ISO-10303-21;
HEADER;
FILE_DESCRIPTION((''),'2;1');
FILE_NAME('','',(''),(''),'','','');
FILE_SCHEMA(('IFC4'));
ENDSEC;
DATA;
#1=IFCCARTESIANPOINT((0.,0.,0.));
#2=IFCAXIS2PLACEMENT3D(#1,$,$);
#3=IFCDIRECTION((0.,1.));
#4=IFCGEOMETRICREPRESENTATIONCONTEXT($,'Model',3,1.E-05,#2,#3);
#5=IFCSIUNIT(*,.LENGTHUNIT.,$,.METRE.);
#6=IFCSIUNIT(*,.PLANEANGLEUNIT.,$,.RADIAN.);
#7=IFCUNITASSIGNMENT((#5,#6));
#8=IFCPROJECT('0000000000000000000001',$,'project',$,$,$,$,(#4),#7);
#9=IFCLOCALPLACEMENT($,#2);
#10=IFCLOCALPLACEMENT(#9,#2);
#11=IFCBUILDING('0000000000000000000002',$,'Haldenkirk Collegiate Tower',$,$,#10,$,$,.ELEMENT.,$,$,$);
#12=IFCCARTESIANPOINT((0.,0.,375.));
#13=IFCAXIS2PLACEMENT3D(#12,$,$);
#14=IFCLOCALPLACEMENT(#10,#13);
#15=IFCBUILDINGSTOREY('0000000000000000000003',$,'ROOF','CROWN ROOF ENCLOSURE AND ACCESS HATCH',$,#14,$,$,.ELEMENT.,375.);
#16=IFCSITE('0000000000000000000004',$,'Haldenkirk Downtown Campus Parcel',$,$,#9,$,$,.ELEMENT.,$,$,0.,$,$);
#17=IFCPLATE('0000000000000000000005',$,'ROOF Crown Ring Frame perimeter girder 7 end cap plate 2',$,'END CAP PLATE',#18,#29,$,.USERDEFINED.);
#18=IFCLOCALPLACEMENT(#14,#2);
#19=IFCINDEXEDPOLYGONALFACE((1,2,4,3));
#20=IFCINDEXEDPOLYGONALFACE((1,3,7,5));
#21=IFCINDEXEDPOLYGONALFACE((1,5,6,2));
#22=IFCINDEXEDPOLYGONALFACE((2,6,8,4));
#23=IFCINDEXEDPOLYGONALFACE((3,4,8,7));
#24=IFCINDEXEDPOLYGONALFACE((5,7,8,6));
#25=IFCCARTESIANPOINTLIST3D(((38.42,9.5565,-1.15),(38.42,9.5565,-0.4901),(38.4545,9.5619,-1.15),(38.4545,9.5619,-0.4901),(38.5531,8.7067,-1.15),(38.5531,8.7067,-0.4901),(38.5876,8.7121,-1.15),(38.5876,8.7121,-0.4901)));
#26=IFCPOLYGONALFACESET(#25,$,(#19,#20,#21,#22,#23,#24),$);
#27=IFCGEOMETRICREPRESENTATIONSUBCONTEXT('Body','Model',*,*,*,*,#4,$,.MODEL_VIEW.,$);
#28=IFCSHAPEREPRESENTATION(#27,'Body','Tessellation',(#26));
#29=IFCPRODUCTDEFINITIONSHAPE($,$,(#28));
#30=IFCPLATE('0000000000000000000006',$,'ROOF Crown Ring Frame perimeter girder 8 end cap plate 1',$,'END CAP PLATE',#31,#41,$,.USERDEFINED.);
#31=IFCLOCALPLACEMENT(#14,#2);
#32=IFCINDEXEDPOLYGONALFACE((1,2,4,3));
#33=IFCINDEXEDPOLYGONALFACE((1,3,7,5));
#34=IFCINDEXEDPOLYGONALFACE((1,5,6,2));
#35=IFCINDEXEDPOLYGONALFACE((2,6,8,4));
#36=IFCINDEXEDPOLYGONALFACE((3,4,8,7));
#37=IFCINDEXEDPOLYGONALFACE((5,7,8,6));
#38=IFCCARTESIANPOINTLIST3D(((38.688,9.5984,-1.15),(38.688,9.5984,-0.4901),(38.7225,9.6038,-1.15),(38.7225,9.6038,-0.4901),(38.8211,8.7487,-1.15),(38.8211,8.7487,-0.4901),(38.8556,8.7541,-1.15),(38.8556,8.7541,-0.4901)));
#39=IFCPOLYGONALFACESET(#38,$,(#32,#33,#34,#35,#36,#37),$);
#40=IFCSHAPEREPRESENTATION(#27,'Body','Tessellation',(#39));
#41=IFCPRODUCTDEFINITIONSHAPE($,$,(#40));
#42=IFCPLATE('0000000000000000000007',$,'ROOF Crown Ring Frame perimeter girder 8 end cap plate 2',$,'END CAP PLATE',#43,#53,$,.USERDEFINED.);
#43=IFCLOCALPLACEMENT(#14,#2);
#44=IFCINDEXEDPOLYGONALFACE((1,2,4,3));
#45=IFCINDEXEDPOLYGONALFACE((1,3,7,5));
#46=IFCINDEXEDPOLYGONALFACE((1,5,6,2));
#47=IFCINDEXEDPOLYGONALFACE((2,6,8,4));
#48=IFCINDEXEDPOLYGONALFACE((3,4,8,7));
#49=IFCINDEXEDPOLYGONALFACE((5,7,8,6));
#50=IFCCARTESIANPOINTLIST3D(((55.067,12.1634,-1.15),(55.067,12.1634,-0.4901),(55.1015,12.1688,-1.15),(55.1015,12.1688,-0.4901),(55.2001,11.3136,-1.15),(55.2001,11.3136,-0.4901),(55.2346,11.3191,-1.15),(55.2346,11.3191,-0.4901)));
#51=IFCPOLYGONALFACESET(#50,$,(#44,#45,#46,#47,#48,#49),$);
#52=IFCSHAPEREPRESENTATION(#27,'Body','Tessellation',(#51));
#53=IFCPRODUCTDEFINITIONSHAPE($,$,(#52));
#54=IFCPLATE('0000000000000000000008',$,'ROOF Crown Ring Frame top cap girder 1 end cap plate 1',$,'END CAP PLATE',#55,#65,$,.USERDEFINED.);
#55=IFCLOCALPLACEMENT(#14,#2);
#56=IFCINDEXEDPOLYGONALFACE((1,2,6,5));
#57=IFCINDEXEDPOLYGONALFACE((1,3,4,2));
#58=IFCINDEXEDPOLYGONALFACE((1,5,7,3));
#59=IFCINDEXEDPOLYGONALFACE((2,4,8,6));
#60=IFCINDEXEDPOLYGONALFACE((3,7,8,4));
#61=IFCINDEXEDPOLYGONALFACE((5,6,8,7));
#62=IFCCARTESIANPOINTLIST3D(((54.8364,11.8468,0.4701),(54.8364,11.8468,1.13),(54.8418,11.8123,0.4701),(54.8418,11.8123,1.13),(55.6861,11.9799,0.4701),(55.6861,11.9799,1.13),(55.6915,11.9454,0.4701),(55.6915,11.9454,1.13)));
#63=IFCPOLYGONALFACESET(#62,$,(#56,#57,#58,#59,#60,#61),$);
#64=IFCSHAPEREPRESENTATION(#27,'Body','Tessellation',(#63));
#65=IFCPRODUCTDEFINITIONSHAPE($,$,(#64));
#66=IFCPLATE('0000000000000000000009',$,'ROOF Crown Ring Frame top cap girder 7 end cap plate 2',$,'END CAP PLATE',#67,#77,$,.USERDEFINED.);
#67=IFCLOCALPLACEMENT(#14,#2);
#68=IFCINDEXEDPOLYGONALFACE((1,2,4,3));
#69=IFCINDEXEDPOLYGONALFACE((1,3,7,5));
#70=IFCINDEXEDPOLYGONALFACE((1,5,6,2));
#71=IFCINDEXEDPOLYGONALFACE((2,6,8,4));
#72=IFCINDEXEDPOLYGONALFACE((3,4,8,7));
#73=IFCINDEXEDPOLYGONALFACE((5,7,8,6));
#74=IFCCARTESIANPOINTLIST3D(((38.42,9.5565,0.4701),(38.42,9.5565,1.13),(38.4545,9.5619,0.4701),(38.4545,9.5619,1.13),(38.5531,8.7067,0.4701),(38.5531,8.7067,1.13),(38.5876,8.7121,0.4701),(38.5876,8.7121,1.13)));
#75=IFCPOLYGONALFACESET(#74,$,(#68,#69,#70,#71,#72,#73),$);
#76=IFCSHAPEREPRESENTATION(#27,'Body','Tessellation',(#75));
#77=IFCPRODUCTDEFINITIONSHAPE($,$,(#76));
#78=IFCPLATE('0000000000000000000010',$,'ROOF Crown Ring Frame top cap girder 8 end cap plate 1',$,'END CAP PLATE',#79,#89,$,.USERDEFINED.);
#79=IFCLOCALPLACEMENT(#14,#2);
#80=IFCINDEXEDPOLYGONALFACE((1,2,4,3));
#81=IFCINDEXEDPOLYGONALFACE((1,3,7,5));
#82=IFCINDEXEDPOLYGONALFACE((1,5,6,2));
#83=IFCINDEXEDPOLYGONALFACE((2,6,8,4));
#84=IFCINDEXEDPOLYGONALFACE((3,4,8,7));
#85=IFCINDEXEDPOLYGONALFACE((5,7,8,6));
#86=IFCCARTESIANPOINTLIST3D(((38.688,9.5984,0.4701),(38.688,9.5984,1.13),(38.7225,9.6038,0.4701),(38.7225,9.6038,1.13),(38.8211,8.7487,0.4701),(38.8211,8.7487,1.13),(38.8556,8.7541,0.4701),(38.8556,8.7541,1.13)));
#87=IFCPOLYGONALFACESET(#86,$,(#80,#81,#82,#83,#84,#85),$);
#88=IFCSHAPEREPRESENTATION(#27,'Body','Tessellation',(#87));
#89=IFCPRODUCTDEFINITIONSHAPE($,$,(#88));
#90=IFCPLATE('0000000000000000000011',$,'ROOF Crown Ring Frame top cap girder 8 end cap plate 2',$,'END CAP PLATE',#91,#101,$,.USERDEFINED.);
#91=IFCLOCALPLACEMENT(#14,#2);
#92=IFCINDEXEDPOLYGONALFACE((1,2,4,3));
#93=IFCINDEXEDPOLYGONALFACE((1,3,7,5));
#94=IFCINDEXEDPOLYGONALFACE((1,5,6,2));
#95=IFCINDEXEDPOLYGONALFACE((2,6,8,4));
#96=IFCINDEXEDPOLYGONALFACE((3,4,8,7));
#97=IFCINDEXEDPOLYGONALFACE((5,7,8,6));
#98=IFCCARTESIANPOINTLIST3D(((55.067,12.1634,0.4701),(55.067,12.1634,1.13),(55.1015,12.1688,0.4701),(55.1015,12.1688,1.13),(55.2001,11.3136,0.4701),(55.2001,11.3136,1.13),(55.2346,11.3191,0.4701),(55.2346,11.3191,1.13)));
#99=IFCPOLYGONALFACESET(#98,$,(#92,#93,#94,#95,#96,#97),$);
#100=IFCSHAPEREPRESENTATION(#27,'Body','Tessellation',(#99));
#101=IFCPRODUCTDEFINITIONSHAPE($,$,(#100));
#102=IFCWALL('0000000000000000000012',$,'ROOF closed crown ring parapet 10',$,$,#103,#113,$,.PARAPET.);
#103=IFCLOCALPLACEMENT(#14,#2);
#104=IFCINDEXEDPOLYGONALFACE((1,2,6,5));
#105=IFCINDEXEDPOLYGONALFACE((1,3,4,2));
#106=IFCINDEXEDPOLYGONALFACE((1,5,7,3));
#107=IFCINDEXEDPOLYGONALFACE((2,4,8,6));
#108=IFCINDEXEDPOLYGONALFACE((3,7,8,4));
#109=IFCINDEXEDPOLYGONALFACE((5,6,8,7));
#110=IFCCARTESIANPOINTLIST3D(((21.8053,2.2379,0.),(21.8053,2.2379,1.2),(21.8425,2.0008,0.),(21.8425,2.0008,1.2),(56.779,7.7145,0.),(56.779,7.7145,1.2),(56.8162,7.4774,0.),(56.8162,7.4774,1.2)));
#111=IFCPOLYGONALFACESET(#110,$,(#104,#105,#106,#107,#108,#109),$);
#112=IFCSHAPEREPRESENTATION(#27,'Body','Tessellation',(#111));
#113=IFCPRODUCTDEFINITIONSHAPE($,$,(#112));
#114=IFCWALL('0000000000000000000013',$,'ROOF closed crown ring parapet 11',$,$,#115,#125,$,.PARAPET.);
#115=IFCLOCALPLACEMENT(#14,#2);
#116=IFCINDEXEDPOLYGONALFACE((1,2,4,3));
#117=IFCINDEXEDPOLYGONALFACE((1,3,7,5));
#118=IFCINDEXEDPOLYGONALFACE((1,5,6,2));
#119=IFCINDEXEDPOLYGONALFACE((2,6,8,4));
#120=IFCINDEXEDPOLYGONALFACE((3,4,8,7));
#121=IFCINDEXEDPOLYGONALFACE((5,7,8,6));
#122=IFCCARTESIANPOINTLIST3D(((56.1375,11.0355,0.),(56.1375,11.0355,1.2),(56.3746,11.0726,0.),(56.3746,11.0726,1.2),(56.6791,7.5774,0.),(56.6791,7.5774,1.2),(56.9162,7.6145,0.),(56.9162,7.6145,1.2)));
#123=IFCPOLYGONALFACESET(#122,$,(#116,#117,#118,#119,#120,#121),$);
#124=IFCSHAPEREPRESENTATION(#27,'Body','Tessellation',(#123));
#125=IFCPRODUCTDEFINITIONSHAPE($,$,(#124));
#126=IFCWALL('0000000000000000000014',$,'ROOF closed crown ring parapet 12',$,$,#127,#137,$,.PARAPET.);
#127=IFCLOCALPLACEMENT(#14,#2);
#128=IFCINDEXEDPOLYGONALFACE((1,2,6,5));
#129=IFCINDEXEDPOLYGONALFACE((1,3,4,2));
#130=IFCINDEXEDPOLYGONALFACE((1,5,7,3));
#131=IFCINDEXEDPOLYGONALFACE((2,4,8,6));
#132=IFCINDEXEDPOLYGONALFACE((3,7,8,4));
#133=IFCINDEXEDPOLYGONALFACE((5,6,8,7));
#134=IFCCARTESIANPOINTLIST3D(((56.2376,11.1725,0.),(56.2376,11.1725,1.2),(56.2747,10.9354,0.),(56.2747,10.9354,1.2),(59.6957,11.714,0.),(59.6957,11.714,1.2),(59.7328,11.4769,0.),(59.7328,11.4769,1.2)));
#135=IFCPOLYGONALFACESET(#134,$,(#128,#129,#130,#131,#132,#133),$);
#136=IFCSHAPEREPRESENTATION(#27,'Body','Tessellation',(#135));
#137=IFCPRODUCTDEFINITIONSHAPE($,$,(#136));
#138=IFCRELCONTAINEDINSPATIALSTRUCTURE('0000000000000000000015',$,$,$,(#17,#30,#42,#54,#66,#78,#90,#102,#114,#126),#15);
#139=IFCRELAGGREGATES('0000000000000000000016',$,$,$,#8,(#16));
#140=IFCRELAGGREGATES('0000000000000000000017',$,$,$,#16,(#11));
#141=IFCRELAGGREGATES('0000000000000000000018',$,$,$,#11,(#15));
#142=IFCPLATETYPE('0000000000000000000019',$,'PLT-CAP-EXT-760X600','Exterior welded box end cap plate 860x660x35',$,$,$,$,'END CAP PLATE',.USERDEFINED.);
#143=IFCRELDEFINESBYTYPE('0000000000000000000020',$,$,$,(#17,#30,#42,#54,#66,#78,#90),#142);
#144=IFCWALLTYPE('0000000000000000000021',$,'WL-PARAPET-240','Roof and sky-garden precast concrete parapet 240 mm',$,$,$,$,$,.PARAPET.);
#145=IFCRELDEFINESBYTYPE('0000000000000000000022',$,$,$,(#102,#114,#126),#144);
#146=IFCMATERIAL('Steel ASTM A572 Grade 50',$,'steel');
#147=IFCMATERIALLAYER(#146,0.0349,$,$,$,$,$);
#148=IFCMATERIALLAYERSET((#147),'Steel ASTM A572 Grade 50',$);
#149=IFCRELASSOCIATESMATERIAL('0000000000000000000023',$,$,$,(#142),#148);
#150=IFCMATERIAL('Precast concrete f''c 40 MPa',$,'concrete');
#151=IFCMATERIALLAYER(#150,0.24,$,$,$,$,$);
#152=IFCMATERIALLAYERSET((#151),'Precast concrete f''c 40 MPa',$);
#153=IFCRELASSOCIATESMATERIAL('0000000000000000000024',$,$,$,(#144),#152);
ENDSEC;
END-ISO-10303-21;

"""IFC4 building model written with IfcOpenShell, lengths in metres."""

from ifc_helpers import new_model, si_unit, direction, frame, frame_2d, origin, origin_2d, place, context, subcontext, project, spatial, rectangle, extrude, source, transform, mapped, material, layer, layer_set, type_object, element, save


model = new_model("IFC4")

# Units and contexts
model_context = context("Model", 3, precision=1e-05, world=origin(), true_north=direction((0.0, 1.0)))
body_context = subcontext(model_context, "Body", "Model", "MODEL_VIEW")
ifc_project = project(units=[si_unit("LENGTHUNIT", "METRE"), si_unit("PLANEANGLEUNIT", "RADIAN")], contexts=[model_context])

# Site, building, storey
site_placement = place(None, origin())
site = spatial("IfcSite", under=ifc_project, at=site_placement, Name="Haldenkirk Downtown Campus Parcel", CompositionType="ELEMENT", RefElevation=0.0)
building_placement = place(site_placement, origin())
building = spatial("IfcBuilding", under=site, at=building_placement, Name="Haldenkirk Collegiate Tower", CompositionType="ELEMENT")
storey_placement = place(building_placement, frame((0.0, 0.0, 375.0)))
storey = spatial("IfcBuildingStorey", under=building, at=storey_placement, Name="ROOF", Description="CROWN ROOF ENCLOSURE AND ACCESS HATCH", CompositionType="ELEMENT", Elevation=375.0)

# Shared definitions
ifc_material_1 = material(Name="Steel ASTM A572 Grade 50", Category="steel")

# Plates
ifc_layer_1 = layer(ifc_material_1, 0.0349)
ifc_layer_set_1 = layer_set([ifc_layer_1], Name="Steel ASTM A572 Grade 50")
plate_type = type_object("IfcPlateType", Name="PLT-CAP-EXT-760X600", Description="Exterior welded box end cap plate 860x660x35", ElementType="END CAP PLATE", PredefinedType="USERDEFINED", material=ifc_layer_set_1)
shared_shape = source(origin(), body_context, "Body", "SweptSolid", [
    extrude(rectangle(XDim=0.8601, YDim=0.6599, at=origin_2d()), origin(), (0.0, 0.0, 1.0), 0.0349),
])
for number, where, z_axis, x_axis, name in (
    (1, (38.4866, 9.1316, -0.8201), (0.987959, 0.154713, 0.0), (-0.154713, 0.987959, 0.0), "ROOF Crown Ring Frame perimeter girder 7 end cap plate 2"),
    (2, (38.7891, 9.179, -0.8201), (-0.987959, -0.154713, 0.0), (0.154713, -0.987959, 0.0), "ROOF Crown Ring Frame perimeter girder 8 end cap plate 1"),
    (3, (55.1335, 11.7385, -0.8201), (0.987959, 0.154713, 0.0), (-0.154713, 0.987959, 0.0), "ROOF Crown Ring Frame perimeter girder 8 end cap plate 2"),
    (4, (55.2612, 11.9133, 0.8), (0.154711, -0.98796, 0.0), (0.98796, 0.154711, 0.0), "ROOF Crown Ring Frame top cap girder 1 end cap plate 1"),
    (5, (38.4866, 9.1316, 0.8), (0.987959, 0.154713, 0.0), (-0.154713, 0.987959, 0.0), "ROOF Crown Ring Frame top cap girder 7 end cap plate 2"),
    (6, (38.7891, 9.179, 0.8), (-0.987959, -0.154713, 0.0), (0.154713, -0.987959, 0.0), "ROOF Crown Ring Frame top cap girder 8 end cap plate 1"),
    (7, (55.1335, 11.7385, 0.8), (0.987959, 0.154713, 0.0), (-0.154713, 0.987959, 0.0), "ROOF Crown Ring Frame top cap girder 8 end cap plate 2"),
):
    element("IfcPlate", number, at=place(storey_placement, frame(where, z_axis=z_axis, x_axis=x_axis)), inside=storey, type_object=plate_type, Name=name, ObjectType="END CAP PLATE", PredefinedType="USERDEFINED", context=body_context, shape_type="MappedRepresentation", body=[
        mapped(shared_shape, transform((0.0, 0.0, 0.0), x_axis=(1.0, 0.0, 0.0), y_axis=(0.0, 1.0, 0.0), z_axis=(0.0, 0.0, 1.0), scale=1.0)),
    ])

# Walls
ifc_material_2 = material(Name="Precast concrete f'c 40 MPa", Category="concrete")
ifc_layer_2 = layer(ifc_material_2, 0.24)
ifc_layer_set_2 = layer_set([ifc_layer_2], Name="Precast concrete f'c 40 MPa")
wall_type = type_object("IfcWallType", Name="WL-PARAPET-240", Description="Roof and sky-garden precast concrete parapet 240 mm", PredefinedType="PARAPET", material=ifc_layer_set_2)
wall_placement = place(storey_placement, frame((56.7976, 7.5959, 0.0), z_axis=(0.0, 0.0, 1.0), x_axis=(-0.987961, -0.154706, 0.0)))
element("IfcWall", 8, at=wall_placement, inside=storey, type_object=wall_type, Name="ROOF closed crown ring parapet 10", PredefinedType="PARAPET", context=body_context, shape_type="SweptSolid", body=[
    extrude(rectangle(XDim=35.3999, YDim=0.24, at=frame_2d((17.7, 0.0))), origin(), (0.0, 0.0, 1.0), 1.2),
])
for number, where, z_axis, x_axis, name in (
    (9, (56.2561, 11.054, 0.0), (0.0, 0.0, 1.0), (0.154709, -0.98796, 0.0), "ROOF closed crown ring parapet 11"),
    (10, (59.7141, 11.5955, 0.0), (0.0, 0.0, 1.0), (-0.98796, -0.154709, 0.0), "ROOF closed crown ring parapet 12"),
):
    element("IfcWall", number, at=place(storey_placement, frame(where, z_axis=z_axis, x_axis=x_axis)), inside=storey, type_object=wall_type, Name=name, PredefinedType="PARAPET", context=body_context, shape_type="SweptSolid", body=[
        extrude(rectangle(XDim=3.5002, YDim=0.24, at=frame_2d((1.75, 0.0))), origin(), (0.0, 0.0, 1.0), 1.2),
    ])

save(model, "model.ifc")
